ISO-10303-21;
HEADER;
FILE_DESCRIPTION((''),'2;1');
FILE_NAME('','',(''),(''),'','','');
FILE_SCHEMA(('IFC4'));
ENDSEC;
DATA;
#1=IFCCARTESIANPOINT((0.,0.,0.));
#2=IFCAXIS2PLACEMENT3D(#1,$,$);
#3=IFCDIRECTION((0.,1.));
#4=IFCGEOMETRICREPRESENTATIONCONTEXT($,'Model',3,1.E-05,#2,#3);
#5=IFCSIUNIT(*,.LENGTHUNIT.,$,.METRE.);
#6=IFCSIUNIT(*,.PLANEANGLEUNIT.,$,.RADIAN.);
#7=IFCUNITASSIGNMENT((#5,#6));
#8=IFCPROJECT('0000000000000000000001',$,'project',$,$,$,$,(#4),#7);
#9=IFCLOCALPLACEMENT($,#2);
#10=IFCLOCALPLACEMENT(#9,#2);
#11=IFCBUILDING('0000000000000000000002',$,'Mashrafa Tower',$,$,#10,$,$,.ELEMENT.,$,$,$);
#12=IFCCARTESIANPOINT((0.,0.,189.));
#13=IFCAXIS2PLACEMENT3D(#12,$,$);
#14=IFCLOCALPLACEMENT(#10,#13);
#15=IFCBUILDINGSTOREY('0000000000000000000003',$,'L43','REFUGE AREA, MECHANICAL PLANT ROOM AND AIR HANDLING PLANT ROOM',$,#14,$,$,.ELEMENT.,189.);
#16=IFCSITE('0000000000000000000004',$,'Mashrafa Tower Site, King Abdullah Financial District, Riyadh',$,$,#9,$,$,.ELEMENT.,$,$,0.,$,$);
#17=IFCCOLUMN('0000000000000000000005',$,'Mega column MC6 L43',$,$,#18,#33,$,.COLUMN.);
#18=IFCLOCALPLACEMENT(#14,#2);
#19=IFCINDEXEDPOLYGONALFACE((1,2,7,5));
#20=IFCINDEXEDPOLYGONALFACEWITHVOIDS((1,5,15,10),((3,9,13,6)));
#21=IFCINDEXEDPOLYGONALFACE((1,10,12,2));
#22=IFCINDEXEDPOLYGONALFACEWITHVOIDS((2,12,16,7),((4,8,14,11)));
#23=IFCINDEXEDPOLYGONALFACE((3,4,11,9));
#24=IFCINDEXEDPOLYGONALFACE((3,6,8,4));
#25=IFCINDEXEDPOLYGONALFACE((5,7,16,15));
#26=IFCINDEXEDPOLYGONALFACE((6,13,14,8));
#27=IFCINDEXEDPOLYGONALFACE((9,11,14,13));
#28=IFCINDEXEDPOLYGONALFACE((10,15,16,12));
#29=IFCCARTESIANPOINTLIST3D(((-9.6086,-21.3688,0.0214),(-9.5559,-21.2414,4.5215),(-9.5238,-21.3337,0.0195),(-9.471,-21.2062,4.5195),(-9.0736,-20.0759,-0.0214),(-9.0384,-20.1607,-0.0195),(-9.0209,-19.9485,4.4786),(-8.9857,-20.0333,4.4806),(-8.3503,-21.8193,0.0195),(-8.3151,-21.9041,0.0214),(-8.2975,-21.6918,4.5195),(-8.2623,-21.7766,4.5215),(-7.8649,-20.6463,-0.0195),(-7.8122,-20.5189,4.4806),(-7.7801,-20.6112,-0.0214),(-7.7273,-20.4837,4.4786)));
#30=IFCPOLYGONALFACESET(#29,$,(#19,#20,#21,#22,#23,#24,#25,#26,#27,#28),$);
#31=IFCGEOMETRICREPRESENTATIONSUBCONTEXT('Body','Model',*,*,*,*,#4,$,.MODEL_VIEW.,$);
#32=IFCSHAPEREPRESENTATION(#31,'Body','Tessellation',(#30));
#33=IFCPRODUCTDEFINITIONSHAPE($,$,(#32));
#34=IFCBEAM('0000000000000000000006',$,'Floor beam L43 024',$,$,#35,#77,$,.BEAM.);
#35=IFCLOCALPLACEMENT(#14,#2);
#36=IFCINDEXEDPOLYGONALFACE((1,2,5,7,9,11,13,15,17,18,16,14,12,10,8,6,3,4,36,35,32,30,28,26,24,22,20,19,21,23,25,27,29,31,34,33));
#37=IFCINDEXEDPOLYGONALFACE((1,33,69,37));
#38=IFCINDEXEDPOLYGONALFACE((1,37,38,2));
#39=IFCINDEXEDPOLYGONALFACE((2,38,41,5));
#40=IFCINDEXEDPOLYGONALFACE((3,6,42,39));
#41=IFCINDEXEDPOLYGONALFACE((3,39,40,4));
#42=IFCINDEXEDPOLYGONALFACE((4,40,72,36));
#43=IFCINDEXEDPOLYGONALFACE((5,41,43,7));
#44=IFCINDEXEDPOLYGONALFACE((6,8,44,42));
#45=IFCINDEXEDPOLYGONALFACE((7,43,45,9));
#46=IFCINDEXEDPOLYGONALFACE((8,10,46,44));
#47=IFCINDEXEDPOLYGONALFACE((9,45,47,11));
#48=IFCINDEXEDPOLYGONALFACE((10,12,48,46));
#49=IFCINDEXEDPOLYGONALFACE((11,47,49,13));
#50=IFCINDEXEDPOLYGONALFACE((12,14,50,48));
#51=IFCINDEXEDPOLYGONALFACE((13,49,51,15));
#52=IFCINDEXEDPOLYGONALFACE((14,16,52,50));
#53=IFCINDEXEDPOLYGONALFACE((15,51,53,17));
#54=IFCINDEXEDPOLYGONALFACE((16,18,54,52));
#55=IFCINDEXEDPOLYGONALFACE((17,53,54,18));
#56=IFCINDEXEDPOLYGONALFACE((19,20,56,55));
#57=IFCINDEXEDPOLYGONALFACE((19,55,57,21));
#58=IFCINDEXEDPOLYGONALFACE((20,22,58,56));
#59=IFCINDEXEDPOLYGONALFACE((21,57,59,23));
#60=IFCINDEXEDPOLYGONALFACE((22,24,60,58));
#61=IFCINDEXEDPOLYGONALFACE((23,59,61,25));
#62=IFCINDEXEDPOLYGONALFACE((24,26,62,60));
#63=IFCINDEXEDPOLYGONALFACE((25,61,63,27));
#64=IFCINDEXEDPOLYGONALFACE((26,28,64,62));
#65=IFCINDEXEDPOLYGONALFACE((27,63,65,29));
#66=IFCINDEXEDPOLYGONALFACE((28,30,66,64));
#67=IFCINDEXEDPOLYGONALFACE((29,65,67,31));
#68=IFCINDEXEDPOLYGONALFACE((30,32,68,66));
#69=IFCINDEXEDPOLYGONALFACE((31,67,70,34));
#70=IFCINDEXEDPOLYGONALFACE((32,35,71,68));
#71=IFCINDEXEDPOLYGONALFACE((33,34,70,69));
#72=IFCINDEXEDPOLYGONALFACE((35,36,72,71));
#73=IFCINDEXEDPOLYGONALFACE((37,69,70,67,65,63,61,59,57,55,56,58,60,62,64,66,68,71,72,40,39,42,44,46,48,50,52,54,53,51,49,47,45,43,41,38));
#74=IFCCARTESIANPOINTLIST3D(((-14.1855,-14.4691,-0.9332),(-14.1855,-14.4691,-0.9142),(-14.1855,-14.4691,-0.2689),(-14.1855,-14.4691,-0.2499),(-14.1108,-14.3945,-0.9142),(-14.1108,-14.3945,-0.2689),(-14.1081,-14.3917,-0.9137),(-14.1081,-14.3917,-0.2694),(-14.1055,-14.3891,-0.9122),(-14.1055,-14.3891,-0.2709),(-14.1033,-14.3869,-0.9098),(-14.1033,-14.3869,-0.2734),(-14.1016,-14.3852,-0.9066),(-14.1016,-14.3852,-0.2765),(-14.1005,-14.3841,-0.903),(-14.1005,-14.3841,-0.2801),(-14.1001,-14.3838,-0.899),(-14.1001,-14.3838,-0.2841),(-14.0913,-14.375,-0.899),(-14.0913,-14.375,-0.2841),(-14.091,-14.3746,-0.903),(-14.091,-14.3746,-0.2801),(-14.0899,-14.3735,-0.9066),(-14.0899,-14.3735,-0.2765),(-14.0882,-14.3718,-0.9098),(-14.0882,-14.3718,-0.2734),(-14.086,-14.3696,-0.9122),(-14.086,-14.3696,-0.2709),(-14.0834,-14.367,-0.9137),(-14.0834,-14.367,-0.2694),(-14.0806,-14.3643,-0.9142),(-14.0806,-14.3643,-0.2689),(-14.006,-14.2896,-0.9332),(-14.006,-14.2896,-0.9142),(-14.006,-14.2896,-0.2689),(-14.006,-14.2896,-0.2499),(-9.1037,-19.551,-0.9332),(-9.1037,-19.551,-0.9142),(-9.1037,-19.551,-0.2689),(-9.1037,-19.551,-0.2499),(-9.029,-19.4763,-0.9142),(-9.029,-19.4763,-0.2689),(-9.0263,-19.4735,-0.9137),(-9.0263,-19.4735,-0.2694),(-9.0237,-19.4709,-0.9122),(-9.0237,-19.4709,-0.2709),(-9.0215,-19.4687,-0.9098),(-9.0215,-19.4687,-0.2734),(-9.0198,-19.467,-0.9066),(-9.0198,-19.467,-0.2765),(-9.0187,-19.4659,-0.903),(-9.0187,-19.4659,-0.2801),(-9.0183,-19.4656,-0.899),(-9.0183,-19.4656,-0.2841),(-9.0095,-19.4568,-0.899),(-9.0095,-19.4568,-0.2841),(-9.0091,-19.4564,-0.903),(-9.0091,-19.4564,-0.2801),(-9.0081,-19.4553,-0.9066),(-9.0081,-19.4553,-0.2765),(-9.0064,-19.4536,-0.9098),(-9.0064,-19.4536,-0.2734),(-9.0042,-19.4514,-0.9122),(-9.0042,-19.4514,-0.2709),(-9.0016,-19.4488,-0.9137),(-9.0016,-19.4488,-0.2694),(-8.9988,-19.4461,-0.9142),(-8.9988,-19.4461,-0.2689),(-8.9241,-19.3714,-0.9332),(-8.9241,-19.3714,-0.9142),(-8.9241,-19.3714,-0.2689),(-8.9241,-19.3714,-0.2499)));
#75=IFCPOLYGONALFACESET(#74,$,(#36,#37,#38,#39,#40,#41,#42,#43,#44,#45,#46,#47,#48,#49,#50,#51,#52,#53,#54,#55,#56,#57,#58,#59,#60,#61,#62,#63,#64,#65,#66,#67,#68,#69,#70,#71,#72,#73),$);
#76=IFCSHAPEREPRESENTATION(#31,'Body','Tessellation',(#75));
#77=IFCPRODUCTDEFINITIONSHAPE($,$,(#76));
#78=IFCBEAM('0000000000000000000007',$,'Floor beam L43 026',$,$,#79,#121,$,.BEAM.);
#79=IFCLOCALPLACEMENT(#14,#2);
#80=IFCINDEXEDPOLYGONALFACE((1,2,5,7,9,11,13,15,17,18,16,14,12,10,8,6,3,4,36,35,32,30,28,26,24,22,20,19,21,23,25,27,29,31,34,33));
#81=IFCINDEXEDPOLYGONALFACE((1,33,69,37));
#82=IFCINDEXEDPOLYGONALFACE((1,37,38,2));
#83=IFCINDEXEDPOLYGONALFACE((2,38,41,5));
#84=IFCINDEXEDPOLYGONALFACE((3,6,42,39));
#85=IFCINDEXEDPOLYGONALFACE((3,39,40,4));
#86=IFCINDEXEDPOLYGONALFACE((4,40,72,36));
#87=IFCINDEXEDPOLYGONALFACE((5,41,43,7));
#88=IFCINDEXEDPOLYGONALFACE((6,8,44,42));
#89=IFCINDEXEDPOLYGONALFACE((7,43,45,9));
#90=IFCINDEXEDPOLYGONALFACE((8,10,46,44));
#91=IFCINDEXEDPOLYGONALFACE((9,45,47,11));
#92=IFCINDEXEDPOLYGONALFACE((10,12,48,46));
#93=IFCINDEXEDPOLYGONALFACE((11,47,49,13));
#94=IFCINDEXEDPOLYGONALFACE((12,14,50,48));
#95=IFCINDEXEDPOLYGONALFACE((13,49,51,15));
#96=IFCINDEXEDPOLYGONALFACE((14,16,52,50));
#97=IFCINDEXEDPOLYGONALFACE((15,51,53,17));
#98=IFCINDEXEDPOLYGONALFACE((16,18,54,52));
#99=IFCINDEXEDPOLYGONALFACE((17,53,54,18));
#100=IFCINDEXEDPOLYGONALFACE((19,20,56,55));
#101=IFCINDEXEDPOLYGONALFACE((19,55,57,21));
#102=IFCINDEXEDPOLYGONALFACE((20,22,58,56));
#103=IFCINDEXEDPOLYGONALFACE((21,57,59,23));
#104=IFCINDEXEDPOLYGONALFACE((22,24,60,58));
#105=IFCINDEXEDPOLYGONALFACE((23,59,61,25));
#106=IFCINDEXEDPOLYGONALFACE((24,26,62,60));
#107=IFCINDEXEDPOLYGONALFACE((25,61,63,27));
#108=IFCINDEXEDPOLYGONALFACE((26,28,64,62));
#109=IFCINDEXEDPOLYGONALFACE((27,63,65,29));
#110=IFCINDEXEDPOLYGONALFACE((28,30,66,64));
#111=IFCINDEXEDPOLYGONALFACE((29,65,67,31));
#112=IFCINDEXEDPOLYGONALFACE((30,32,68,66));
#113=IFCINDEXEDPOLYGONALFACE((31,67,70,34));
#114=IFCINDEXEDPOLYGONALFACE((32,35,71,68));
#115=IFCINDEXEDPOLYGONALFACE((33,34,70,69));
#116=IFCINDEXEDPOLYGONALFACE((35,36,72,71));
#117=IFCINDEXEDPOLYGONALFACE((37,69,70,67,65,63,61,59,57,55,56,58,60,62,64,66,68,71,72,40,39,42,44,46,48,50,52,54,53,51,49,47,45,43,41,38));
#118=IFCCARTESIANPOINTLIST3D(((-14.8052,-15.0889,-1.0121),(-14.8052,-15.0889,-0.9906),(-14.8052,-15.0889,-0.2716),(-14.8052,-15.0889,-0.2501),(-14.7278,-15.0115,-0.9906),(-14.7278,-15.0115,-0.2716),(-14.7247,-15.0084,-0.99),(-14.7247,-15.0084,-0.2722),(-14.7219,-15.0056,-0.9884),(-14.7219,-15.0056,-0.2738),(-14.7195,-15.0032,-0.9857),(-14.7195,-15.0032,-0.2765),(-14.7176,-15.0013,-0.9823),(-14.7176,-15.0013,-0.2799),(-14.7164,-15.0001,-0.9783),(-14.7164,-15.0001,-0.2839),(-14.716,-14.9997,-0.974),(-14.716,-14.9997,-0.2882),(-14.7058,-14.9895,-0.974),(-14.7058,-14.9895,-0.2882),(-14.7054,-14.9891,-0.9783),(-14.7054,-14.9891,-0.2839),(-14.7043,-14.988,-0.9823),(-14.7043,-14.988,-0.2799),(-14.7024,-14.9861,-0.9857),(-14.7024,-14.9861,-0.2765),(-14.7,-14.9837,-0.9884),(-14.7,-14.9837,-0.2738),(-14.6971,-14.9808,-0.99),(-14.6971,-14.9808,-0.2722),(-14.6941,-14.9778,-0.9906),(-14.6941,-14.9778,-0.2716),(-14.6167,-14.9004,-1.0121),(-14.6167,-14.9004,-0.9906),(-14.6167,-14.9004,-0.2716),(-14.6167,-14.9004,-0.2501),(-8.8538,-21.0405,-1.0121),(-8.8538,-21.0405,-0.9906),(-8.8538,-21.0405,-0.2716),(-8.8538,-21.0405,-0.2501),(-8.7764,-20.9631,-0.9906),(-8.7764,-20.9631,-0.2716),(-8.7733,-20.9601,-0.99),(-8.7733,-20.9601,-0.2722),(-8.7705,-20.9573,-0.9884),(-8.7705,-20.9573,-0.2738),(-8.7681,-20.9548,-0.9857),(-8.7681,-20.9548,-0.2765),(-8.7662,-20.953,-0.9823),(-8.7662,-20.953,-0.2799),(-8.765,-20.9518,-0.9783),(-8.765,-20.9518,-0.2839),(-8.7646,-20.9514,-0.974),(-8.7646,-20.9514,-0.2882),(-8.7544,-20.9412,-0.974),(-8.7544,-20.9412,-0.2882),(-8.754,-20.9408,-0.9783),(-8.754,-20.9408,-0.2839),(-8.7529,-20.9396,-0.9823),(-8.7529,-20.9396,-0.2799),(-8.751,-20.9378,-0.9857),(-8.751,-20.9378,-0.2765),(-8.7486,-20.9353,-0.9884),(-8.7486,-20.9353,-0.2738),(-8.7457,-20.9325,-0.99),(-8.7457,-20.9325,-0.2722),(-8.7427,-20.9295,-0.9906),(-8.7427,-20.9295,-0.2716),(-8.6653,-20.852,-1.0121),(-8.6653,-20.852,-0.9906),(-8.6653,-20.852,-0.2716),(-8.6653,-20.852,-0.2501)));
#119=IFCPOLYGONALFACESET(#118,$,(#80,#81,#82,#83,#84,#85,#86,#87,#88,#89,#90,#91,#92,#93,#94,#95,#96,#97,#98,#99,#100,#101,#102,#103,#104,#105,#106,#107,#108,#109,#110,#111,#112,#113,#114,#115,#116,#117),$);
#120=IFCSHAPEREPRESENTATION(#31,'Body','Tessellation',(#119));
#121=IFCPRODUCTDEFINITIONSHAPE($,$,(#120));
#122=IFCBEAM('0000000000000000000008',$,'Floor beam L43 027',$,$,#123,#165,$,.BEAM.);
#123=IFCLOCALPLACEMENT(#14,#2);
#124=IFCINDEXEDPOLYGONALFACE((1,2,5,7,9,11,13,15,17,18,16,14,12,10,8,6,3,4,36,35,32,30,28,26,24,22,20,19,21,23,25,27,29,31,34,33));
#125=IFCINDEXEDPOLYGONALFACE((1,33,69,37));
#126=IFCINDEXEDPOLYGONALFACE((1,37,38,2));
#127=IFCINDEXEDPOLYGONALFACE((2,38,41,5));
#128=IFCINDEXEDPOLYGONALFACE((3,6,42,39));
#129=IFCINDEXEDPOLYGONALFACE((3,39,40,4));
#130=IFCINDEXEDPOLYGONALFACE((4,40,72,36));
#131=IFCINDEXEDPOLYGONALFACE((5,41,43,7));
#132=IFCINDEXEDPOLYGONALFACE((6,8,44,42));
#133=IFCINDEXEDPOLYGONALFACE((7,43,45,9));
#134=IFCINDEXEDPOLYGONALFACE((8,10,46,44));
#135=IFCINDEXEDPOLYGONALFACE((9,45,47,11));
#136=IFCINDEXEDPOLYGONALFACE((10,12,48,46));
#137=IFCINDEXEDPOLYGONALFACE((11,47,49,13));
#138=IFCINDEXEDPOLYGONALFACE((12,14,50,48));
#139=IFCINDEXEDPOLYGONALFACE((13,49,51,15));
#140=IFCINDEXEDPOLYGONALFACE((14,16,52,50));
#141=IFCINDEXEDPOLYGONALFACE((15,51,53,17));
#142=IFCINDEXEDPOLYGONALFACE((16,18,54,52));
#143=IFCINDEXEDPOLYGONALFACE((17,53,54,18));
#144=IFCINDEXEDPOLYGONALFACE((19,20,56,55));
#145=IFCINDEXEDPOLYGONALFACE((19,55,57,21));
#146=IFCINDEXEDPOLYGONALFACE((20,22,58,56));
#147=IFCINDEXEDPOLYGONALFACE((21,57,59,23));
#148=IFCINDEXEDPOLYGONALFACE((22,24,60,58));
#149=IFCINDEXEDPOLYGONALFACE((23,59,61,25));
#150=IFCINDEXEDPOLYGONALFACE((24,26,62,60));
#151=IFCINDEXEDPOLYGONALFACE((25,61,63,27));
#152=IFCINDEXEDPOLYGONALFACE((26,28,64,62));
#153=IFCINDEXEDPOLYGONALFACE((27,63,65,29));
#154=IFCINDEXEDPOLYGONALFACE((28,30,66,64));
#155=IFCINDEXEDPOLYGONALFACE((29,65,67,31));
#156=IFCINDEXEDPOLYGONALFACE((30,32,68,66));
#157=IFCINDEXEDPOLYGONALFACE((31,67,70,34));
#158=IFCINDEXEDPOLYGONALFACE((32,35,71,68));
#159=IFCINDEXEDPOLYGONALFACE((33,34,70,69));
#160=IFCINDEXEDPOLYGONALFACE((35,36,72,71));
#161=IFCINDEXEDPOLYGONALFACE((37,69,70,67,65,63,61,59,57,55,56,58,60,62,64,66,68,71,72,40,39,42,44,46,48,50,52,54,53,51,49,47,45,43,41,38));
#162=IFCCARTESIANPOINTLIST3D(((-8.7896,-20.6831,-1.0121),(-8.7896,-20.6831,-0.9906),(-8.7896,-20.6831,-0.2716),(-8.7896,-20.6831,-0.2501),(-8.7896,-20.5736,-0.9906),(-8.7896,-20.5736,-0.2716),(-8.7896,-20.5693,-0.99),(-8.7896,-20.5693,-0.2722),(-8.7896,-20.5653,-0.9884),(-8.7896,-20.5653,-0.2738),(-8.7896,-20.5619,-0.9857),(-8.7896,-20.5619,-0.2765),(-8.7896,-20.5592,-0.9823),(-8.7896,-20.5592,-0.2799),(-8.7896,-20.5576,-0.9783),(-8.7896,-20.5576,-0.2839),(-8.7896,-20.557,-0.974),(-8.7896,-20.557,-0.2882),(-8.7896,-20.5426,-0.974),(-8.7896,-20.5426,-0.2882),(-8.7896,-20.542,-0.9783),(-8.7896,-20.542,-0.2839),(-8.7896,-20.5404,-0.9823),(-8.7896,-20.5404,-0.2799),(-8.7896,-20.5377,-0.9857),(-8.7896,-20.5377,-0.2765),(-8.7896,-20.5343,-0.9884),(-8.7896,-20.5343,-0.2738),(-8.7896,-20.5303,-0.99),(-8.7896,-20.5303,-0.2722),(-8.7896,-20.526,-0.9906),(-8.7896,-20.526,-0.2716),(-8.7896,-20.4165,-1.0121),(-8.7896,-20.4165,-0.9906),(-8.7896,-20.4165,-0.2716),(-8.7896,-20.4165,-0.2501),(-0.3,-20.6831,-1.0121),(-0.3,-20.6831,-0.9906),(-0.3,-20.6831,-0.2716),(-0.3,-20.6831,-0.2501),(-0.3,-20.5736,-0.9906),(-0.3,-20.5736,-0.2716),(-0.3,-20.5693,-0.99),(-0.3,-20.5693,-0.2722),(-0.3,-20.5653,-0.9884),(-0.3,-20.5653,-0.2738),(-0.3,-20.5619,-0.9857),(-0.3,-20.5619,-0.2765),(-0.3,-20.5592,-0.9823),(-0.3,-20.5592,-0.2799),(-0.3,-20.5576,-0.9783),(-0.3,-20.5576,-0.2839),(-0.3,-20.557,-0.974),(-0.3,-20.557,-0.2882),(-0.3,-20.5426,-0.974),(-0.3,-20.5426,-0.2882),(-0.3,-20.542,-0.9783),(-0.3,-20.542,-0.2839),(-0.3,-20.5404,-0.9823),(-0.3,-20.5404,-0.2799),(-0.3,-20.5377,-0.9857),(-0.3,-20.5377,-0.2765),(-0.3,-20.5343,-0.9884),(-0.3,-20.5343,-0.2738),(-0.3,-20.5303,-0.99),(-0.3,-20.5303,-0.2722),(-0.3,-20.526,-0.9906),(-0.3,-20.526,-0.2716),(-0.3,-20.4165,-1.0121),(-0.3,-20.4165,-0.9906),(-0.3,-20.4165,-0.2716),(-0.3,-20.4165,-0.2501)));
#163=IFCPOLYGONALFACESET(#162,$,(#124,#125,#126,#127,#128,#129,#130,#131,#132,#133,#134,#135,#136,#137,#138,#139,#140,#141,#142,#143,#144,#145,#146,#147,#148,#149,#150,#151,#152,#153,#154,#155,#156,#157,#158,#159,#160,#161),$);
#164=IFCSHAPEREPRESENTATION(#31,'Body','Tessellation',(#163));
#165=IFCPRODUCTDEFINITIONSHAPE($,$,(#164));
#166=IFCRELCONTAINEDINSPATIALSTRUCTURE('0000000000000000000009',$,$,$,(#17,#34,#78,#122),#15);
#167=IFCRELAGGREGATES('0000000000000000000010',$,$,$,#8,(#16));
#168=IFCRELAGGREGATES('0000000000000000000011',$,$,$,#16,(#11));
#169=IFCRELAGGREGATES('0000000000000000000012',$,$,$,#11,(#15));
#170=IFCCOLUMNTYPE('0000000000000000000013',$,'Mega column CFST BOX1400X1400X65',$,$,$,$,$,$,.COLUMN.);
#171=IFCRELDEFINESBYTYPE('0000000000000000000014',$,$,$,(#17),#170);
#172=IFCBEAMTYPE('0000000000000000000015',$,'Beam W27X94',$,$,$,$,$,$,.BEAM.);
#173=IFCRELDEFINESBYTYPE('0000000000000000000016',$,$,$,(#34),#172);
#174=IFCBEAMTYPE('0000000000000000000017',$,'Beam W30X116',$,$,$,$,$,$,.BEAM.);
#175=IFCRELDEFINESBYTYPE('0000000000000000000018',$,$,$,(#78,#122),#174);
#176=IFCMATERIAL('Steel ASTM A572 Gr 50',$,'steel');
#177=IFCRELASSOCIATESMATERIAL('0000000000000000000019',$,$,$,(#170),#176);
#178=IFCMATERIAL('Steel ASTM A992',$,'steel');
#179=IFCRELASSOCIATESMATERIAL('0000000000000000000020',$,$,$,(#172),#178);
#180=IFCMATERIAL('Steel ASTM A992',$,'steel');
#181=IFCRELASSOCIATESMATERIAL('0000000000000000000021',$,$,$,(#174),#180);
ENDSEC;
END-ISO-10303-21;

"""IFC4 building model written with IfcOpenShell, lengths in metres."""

from ifc_helpers import new_model, si_unit, direction, frame, origin, origin_2d, place, context, subcontext, project, spatial, hollow_rectangle, i_section, extrude, material, material_profile, profile_set, type_object, element, save


model = new_model("IFC4")

# Units and contexts
model_context = context("Model", 3, precision=1e-05, world=origin(), true_north=direction((0.0, 1.0)))
body_context = subcontext(model_context, "Body", "Model", "MODEL_VIEW")
ifc_project = project(units=[si_unit("LENGTHUNIT", "METRE"), si_unit("PLANEANGLEUNIT", "RADIAN")], contexts=[model_context])

# Site, building, storey
site_placement = place(None, origin())
site = spatial("IfcSite", under=ifc_project, at=site_placement, Name="Mashrafa Tower Site, King Abdullah Financial District, Riyadh", CompositionType="ELEMENT", RefElevation=0.0)
building_placement = place(site_placement, origin())
building = spatial("IfcBuilding", under=site, at=building_placement, Name="Mashrafa Tower", CompositionType="ELEMENT")
storey_placement = place(building_placement, frame((0.0, 0.0, 189.0)))
storey = spatial("IfcBuildingStorey", under=building, at=storey_placement, Name="L43", Description="REFUGE AREA, MECHANICAL PLANT ROOM AND AIR HANDLING PLANT ROOM", CompositionType="ELEMENT", Elevation=189.0)

# Column
ifc_material_1 = material(Name="Steel ASTM A572 Gr 50", Category="steel")
ifc_material_profile_1 = material_profile(ifc_material_1, hollow_rectangle(XDim=1.3999, YDim=1.3999, WallThickness=0.0649, at=origin_2d()), Name="BOX1400X1400X65")
ifc_profile_set_1 = profile_set([ifc_material_profile_1], Name="Steel ASTM A572 Gr 50")
column_type = type_object("IfcColumnType", Name="Mega column CFST BOX1400X1400X65", PredefinedType="COLUMN", material=ifc_profile_set_1)
column_placement = place(storey_placement, frame((-8.6943, -20.99, 0.0), z_axis=(0.011713, 0.028307, 0.999531), x_axis=(-0.924017, 0.382352, 0.0)))
element("IfcColumn", 1, at=column_placement, inside=storey, type_object=column_type, Name="Mega column MC6 L43", PredefinedType="COLUMN", context=body_context, shape_type="SweptSolid", body=[
    extrude(hollow_rectangle(XDim=1.3999, YDim=1.3999, WallThickness=0.0649, at=origin_2d()), origin(), (0.0, 0.0, 1.0), 4.5022),
])

# Beams
ifc_material_2 = material(Name="Steel ASTM A992", Category="steel")
ifc_material_profile_2 = material_profile(ifc_material_2, i_section(OverallWidth=0.2539, OverallDepth=0.6833, WebThickness=0.0125, FlangeThickness=0.019, FilletRadius=0.0151, at=origin_2d()), Name="W27X94")
ifc_profile_set_2 = profile_set([ifc_material_profile_2], Name="Steel ASTM A992")
beam_type_1 = type_object("IfcBeamType", Name="Beam W27X94", PredefinedType="BEAM", material=ifc_profile_set_2)
beam_1_placement = place(storey_placement, frame((-9.0139, -19.4612, -0.5916), z_axis=(-0.707107, 0.707107, 0.0), x_axis=(-0.707107, -0.707107, 0.0)))
element("IfcBeam", 2, at=beam_1_placement, inside=storey, type_object=beam_type_1, Name="Floor beam L43 024", PredefinedType="BEAM", context=body_context, shape_type="SweptSolid", body=[
    extrude(i_section(OverallWidth=0.2539, OverallDepth=0.6833, WebThickness=0.0125, FlangeThickness=0.019, FilletRadius=0.0151, at=origin_2d()), origin(), (0.0, 0.0, 1.0), 7.1868),
])
ifc_material_3 = material(Name="Steel ASTM A992", Category="steel")
ifc_material_profile_3 = material_profile(ifc_material_3, i_section(OverallWidth=0.2666, OverallDepth=0.762, WebThickness=0.0144, FlangeThickness=0.0215, FilletRadius=0.0166, at=origin_2d()), Name="W30X116")
ifc_profile_set_3 = profile_set([ifc_material_profile_3], Name="Steel ASTM A992")
beam_type_2 = type_object("IfcBeamType", Name="Beam W30X116", PredefinedType="BEAM", material=ifc_profile_set_3)
beam_2_placement = place(storey_placement, frame((-8.7595, -20.9463, -0.6311), z_axis=(-0.707092, 0.707121, 0.0), x_axis=(-0.707121, -0.707092, 0.0)))
element("IfcBeam", 3, at=beam_2_placement, inside=storey, type_object=beam_type_2, Name="Floor beam L43 026", PredefinedType="BEAM", context=body_context, shape_type="SweptSolid", body=[
    extrude(i_section(OverallWidth=0.2666, OverallDepth=0.762, WebThickness=0.0144, FlangeThickness=0.0215, FilletRadius=0.0166, at=origin_2d()), origin(), (0.0, 0.0, 1.0), 8.4167),
])
beam_3_placement = place(storey_placement, frame((-0.3, -20.5498, -0.6311), z_axis=(-1.0, 0.0, 0.0), x_axis=(0.0, -1.0, 0.0)))
element("IfcBeam", 4, at=beam_3_placement, inside=storey, type_object=beam_type_2, Name="Floor beam L43 027", PredefinedType="BEAM", context=body_context, shape_type="SweptSolid", body=[
    extrude(i_section(OverallWidth=0.2666, OverallDepth=0.762, WebThickness=0.0144, FlangeThickness=0.0215, FilletRadius=0.0166, at=origin_2d()), origin(), (0.0, 0.0, 1.0), 8.4895),
])

save(model, "model.ifc")
